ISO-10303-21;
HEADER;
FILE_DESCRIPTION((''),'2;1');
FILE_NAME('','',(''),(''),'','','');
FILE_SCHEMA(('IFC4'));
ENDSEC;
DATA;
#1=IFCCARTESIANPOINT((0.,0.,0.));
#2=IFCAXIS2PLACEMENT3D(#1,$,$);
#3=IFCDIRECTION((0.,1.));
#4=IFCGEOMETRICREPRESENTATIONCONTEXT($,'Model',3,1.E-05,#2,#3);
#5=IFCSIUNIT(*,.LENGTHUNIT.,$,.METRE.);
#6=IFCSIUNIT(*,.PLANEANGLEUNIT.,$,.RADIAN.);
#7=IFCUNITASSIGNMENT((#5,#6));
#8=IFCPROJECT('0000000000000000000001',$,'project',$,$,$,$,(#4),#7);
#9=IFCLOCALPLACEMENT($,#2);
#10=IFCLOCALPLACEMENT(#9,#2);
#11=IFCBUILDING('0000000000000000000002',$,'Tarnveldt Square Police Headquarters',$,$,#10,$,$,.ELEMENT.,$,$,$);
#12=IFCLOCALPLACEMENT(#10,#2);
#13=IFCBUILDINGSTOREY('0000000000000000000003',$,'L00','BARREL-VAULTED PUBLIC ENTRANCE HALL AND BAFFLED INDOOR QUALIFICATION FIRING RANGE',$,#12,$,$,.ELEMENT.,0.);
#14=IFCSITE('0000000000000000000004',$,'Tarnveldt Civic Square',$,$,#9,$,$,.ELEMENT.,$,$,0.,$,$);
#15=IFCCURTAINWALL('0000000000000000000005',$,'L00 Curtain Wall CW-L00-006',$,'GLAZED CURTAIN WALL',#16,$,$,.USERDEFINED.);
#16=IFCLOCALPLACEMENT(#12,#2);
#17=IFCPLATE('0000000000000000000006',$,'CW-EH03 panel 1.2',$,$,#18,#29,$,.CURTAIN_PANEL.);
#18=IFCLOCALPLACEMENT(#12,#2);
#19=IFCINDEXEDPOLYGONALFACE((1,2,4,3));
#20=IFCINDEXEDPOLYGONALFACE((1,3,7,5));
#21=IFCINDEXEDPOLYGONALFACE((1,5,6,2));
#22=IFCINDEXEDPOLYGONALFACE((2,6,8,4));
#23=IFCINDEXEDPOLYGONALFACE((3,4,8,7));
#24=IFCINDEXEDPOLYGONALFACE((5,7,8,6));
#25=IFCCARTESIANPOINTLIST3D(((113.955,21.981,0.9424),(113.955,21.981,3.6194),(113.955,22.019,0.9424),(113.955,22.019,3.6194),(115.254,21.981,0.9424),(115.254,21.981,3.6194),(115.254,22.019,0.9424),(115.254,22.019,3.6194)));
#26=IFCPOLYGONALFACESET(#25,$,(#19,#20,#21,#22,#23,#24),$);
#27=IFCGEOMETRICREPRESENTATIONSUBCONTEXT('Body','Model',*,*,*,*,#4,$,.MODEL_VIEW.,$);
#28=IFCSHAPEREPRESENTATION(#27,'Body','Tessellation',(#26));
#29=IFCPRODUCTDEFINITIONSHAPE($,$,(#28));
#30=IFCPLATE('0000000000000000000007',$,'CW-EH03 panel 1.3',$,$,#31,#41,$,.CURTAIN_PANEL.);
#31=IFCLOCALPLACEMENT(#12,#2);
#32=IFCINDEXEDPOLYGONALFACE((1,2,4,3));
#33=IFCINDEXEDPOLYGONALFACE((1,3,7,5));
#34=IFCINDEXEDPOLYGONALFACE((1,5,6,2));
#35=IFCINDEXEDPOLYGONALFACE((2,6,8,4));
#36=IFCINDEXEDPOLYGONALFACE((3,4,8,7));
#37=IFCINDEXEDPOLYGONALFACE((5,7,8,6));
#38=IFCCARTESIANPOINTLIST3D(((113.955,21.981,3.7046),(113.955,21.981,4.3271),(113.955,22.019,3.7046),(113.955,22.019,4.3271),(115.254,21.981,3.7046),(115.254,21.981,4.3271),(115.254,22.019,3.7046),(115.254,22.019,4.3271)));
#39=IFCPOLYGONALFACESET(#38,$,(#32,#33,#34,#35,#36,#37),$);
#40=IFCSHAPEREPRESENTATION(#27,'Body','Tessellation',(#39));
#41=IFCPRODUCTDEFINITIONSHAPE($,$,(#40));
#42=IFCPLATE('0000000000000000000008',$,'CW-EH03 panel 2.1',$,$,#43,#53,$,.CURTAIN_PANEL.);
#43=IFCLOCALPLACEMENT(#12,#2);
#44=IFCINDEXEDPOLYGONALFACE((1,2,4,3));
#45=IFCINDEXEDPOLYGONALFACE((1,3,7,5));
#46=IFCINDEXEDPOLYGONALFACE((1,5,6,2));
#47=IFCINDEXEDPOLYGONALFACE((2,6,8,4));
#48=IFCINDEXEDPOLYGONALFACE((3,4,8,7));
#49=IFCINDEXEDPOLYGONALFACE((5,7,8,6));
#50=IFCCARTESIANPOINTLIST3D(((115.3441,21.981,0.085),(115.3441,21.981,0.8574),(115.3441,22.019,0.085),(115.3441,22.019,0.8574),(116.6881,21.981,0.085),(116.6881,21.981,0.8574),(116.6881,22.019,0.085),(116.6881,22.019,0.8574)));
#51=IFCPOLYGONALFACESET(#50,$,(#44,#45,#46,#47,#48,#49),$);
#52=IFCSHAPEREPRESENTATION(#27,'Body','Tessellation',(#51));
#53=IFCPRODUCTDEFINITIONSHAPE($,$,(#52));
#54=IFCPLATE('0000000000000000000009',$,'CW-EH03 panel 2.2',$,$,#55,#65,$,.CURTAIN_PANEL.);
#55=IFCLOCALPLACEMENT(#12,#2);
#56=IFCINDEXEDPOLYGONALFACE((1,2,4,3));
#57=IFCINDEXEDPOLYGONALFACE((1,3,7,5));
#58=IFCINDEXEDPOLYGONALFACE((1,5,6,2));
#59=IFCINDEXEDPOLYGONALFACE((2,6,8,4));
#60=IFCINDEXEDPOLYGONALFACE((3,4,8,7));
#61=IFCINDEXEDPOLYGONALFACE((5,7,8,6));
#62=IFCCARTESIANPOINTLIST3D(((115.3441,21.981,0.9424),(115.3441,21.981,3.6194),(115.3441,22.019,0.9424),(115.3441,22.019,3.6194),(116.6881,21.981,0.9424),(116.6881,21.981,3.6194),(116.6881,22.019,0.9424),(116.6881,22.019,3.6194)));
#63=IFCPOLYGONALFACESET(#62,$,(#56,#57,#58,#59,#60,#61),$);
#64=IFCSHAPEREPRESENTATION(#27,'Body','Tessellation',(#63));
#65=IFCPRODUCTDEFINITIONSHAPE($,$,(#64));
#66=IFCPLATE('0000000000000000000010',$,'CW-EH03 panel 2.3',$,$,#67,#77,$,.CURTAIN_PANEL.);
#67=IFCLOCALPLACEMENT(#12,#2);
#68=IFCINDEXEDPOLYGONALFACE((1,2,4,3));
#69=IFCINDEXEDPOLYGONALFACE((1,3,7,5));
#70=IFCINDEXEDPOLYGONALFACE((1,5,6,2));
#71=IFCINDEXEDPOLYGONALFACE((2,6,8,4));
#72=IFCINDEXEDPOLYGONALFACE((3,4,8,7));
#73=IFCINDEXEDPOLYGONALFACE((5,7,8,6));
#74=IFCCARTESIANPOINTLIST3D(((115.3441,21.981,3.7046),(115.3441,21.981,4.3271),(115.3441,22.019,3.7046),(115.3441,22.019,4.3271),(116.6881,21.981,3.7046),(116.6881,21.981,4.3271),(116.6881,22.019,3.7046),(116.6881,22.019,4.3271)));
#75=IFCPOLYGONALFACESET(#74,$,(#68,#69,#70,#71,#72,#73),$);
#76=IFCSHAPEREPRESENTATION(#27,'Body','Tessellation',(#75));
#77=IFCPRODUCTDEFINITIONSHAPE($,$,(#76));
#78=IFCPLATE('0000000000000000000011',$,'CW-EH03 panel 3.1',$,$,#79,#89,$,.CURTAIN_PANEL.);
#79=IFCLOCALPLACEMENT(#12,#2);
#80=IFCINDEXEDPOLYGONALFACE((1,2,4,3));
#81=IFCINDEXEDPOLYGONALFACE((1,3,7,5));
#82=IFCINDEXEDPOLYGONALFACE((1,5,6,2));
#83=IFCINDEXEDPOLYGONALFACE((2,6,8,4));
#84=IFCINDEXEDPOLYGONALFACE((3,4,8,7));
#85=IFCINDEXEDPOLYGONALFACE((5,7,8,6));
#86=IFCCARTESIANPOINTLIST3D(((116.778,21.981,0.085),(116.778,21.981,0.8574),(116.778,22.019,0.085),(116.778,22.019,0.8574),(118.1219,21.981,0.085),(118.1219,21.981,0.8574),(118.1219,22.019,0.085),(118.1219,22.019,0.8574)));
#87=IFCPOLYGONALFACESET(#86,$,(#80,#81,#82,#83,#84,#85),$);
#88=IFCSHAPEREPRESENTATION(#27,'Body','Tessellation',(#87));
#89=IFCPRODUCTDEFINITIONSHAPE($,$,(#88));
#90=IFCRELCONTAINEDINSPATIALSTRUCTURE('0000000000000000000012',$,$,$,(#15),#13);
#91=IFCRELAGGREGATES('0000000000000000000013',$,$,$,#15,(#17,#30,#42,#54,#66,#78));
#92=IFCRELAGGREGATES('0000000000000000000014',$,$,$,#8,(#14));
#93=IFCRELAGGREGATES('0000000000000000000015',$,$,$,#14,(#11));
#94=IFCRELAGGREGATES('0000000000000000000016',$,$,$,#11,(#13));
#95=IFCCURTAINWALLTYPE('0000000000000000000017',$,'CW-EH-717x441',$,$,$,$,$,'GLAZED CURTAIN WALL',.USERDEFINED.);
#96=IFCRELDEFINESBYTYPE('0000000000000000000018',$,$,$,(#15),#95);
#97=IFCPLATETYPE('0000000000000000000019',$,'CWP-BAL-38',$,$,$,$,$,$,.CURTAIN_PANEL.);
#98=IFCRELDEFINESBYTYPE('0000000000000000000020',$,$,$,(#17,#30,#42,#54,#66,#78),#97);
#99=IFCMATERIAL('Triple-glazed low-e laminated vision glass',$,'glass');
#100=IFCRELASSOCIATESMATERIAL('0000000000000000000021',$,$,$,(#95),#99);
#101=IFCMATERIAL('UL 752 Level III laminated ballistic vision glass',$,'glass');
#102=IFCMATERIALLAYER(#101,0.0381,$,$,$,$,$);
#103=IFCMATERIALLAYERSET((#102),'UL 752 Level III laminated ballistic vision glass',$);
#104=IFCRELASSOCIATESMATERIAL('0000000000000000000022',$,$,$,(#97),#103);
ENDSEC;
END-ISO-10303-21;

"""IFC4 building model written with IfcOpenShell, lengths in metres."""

from ifc_helpers import new_model, si_unit, direction, frame, origin, origin_2d, place, context, subcontext, project, spatial, rectangle, extrude, material, layer, layer_set, type_object, element, aggregate, save


model = new_model("IFC4")

# Units and contexts
model_context = context("Model", 3, precision=1e-05, world=origin(), true_north=direction((0.0, 1.0)))
body_context = subcontext(model_context, "Body", "Model", "MODEL_VIEW")
ifc_project = project(units=[si_unit("LENGTHUNIT", "METRE"), si_unit("PLANEANGLEUNIT", "RADIAN")], contexts=[model_context])

# Site, building, storey
site_placement = place(None, origin())
site = spatial("IfcSite", under=ifc_project, at=site_placement, Name="Tarnveldt Civic Square", CompositionType="ELEMENT", RefElevation=0.0)
building_placement = place(site_placement, origin())
building = spatial("IfcBuilding", under=site, at=building_placement, Name="Tarnveldt Square Police Headquarters", CompositionType="ELEMENT")
storey_placement = place(building_placement, origin())
storey = spatial("IfcBuildingStorey", under=building, at=storey_placement, Name="L00", Description="BARREL-VAULTED PUBLIC ENTRANCE HALL AND BAFFLED INDOOR QUALIFICATION FIRING RANGE", CompositionType="ELEMENT", Elevation=0.0)

# Shared definitions
ifc_material_1 = material(Name="Triple-glazed low-e laminated vision glass", Category="glass")
curtain_wall_type = type_object("IfcCurtainWallType", Name="CW-EH-717x441", ElementType="GLAZED CURTAIN WALL", PredefinedType="USERDEFINED", material=ifc_material_1)

# Curtain wall
curtain_wall_1_placement = place(storey_placement, origin())
curtain_wall_1 = element("IfcCurtainWall", 1, at=curtain_wall_1_placement, inside=storey, type_object=curtain_wall_type, Name="L00 Curtain Wall CW-L00-006", ObjectType="GLAZED CURTAIN WALL", PredefinedType="USERDEFINED")

# Plates
ifc_material_2 = material(Name="UL 752 Level III laminated ballistic vision glass", Category="glass")
ifc_layer = layer(ifc_material_2, 0.0381)
ifc_layer_set = layer_set([ifc_layer], Name="UL 752 Level III laminated ballistic vision glass")
plate_type = type_object("IfcPlateType", Name="CWP-BAL-38", PredefinedType="CURTAIN_PANEL", material=ifc_layer_set)
plate_1_placement = place(storey_placement, frame((114.6045, 22.0, 0.9424), z_axis=(0.0, 0.0, 1.0), x_axis=(1.0, 0.0, 0.0)))
plate_1 = element("IfcPlate", 2, at=plate_1_placement, type_object=plate_type, Name="CW-EH03 panel 1.2", PredefinedType="CURTAIN_PANEL", context=body_context, shape_type="SweptSolid", body=[
    extrude(rectangle(XDim=1.2991, YDim=0.0381, at=origin_2d()), origin(), (0.0, 0.0, 1.0), 2.677),
])
plate_2_placement = place(storey_placement, frame((114.6045, 22.0, 3.7046), z_axis=(0.0, 0.0, 1.0), x_axis=(1.0, 0.0, 0.0)))
plate_2 = element("IfcPlate", 3, at=plate_2_placement, type_object=plate_type, Name="CW-EH03 panel 1.3", PredefinedType="CURTAIN_PANEL", context=body_context, shape_type="SweptSolid", body=[
    extrude(rectangle(XDim=1.2991, YDim=0.0381, at=origin_2d()), origin(), (0.0, 0.0, 1.0), 0.6226),
])
plate_3_placement = place(storey_placement, frame((116.0161, 22.0, 0.085), z_axis=(0.0, 0.0, 1.0), x_axis=(1.0, 0.0, 0.0)))
plate_3 = element("IfcPlate", 4, at=plate_3_placement, type_object=plate_type, Name="CW-EH03 panel 2.1", PredefinedType="CURTAIN_PANEL", context=body_context, shape_type="SweptSolid", body=[
    extrude(rectangle(XDim=1.344, YDim=0.0381, at=origin_2d()), origin(), (0.0, 0.0, 1.0), 0.7725),
])
plate_4_placement = place(storey_placement, frame((116.0161, 22.0, 0.9424), z_axis=(0.0, 0.0, 1.0), x_axis=(1.0, 0.0, 0.0)))
plate_4 = element("IfcPlate", 5, at=plate_4_placement, type_object=plate_type, Name="CW-EH03 panel 2.2", PredefinedType="CURTAIN_PANEL", context=body_context, shape_type="SweptSolid", body=[
    extrude(rectangle(XDim=1.344, YDim=0.0381, at=origin_2d()), origin(), (0.0, 0.0, 1.0), 2.677),
])
plate_5_placement = place(storey_placement, frame((116.0161, 22.0, 3.7046), z_axis=(0.0, 0.0, 1.0), x_axis=(1.0, 0.0, 0.0)))
plate_5 = element("IfcPlate", 6, at=plate_5_placement, type_object=plate_type, Name="CW-EH03 panel 2.3", PredefinedType="CURTAIN_PANEL", context=body_context, shape_type="SweptSolid", body=[
    extrude(rectangle(XDim=1.344, YDim=0.0381, at=origin_2d()), origin(), (0.0, 0.0, 1.0), 0.6226),
])
plate_6_placement = place(storey_placement, frame((117.45, 22.0, 0.085), z_axis=(0.0, 0.0, 1.0), x_axis=(1.0, 0.0, 0.0)))
plate_6 = element("IfcPlate", 7, at=plate_6_placement, type_object=plate_type, Name="CW-EH03 panel 3.1", PredefinedType="CURTAIN_PANEL", context=body_context, shape_type="SweptSolid", body=[
    extrude(rectangle(XDim=1.344, YDim=0.0381, at=origin_2d()), origin(), (0.0, 0.0, 1.0), 0.7725),
])
aggregate(curtain_wall_1, [plate_1, plate_2, plate_3, plate_4, plate_5, plate_6])

save(model, "model.ifc")
